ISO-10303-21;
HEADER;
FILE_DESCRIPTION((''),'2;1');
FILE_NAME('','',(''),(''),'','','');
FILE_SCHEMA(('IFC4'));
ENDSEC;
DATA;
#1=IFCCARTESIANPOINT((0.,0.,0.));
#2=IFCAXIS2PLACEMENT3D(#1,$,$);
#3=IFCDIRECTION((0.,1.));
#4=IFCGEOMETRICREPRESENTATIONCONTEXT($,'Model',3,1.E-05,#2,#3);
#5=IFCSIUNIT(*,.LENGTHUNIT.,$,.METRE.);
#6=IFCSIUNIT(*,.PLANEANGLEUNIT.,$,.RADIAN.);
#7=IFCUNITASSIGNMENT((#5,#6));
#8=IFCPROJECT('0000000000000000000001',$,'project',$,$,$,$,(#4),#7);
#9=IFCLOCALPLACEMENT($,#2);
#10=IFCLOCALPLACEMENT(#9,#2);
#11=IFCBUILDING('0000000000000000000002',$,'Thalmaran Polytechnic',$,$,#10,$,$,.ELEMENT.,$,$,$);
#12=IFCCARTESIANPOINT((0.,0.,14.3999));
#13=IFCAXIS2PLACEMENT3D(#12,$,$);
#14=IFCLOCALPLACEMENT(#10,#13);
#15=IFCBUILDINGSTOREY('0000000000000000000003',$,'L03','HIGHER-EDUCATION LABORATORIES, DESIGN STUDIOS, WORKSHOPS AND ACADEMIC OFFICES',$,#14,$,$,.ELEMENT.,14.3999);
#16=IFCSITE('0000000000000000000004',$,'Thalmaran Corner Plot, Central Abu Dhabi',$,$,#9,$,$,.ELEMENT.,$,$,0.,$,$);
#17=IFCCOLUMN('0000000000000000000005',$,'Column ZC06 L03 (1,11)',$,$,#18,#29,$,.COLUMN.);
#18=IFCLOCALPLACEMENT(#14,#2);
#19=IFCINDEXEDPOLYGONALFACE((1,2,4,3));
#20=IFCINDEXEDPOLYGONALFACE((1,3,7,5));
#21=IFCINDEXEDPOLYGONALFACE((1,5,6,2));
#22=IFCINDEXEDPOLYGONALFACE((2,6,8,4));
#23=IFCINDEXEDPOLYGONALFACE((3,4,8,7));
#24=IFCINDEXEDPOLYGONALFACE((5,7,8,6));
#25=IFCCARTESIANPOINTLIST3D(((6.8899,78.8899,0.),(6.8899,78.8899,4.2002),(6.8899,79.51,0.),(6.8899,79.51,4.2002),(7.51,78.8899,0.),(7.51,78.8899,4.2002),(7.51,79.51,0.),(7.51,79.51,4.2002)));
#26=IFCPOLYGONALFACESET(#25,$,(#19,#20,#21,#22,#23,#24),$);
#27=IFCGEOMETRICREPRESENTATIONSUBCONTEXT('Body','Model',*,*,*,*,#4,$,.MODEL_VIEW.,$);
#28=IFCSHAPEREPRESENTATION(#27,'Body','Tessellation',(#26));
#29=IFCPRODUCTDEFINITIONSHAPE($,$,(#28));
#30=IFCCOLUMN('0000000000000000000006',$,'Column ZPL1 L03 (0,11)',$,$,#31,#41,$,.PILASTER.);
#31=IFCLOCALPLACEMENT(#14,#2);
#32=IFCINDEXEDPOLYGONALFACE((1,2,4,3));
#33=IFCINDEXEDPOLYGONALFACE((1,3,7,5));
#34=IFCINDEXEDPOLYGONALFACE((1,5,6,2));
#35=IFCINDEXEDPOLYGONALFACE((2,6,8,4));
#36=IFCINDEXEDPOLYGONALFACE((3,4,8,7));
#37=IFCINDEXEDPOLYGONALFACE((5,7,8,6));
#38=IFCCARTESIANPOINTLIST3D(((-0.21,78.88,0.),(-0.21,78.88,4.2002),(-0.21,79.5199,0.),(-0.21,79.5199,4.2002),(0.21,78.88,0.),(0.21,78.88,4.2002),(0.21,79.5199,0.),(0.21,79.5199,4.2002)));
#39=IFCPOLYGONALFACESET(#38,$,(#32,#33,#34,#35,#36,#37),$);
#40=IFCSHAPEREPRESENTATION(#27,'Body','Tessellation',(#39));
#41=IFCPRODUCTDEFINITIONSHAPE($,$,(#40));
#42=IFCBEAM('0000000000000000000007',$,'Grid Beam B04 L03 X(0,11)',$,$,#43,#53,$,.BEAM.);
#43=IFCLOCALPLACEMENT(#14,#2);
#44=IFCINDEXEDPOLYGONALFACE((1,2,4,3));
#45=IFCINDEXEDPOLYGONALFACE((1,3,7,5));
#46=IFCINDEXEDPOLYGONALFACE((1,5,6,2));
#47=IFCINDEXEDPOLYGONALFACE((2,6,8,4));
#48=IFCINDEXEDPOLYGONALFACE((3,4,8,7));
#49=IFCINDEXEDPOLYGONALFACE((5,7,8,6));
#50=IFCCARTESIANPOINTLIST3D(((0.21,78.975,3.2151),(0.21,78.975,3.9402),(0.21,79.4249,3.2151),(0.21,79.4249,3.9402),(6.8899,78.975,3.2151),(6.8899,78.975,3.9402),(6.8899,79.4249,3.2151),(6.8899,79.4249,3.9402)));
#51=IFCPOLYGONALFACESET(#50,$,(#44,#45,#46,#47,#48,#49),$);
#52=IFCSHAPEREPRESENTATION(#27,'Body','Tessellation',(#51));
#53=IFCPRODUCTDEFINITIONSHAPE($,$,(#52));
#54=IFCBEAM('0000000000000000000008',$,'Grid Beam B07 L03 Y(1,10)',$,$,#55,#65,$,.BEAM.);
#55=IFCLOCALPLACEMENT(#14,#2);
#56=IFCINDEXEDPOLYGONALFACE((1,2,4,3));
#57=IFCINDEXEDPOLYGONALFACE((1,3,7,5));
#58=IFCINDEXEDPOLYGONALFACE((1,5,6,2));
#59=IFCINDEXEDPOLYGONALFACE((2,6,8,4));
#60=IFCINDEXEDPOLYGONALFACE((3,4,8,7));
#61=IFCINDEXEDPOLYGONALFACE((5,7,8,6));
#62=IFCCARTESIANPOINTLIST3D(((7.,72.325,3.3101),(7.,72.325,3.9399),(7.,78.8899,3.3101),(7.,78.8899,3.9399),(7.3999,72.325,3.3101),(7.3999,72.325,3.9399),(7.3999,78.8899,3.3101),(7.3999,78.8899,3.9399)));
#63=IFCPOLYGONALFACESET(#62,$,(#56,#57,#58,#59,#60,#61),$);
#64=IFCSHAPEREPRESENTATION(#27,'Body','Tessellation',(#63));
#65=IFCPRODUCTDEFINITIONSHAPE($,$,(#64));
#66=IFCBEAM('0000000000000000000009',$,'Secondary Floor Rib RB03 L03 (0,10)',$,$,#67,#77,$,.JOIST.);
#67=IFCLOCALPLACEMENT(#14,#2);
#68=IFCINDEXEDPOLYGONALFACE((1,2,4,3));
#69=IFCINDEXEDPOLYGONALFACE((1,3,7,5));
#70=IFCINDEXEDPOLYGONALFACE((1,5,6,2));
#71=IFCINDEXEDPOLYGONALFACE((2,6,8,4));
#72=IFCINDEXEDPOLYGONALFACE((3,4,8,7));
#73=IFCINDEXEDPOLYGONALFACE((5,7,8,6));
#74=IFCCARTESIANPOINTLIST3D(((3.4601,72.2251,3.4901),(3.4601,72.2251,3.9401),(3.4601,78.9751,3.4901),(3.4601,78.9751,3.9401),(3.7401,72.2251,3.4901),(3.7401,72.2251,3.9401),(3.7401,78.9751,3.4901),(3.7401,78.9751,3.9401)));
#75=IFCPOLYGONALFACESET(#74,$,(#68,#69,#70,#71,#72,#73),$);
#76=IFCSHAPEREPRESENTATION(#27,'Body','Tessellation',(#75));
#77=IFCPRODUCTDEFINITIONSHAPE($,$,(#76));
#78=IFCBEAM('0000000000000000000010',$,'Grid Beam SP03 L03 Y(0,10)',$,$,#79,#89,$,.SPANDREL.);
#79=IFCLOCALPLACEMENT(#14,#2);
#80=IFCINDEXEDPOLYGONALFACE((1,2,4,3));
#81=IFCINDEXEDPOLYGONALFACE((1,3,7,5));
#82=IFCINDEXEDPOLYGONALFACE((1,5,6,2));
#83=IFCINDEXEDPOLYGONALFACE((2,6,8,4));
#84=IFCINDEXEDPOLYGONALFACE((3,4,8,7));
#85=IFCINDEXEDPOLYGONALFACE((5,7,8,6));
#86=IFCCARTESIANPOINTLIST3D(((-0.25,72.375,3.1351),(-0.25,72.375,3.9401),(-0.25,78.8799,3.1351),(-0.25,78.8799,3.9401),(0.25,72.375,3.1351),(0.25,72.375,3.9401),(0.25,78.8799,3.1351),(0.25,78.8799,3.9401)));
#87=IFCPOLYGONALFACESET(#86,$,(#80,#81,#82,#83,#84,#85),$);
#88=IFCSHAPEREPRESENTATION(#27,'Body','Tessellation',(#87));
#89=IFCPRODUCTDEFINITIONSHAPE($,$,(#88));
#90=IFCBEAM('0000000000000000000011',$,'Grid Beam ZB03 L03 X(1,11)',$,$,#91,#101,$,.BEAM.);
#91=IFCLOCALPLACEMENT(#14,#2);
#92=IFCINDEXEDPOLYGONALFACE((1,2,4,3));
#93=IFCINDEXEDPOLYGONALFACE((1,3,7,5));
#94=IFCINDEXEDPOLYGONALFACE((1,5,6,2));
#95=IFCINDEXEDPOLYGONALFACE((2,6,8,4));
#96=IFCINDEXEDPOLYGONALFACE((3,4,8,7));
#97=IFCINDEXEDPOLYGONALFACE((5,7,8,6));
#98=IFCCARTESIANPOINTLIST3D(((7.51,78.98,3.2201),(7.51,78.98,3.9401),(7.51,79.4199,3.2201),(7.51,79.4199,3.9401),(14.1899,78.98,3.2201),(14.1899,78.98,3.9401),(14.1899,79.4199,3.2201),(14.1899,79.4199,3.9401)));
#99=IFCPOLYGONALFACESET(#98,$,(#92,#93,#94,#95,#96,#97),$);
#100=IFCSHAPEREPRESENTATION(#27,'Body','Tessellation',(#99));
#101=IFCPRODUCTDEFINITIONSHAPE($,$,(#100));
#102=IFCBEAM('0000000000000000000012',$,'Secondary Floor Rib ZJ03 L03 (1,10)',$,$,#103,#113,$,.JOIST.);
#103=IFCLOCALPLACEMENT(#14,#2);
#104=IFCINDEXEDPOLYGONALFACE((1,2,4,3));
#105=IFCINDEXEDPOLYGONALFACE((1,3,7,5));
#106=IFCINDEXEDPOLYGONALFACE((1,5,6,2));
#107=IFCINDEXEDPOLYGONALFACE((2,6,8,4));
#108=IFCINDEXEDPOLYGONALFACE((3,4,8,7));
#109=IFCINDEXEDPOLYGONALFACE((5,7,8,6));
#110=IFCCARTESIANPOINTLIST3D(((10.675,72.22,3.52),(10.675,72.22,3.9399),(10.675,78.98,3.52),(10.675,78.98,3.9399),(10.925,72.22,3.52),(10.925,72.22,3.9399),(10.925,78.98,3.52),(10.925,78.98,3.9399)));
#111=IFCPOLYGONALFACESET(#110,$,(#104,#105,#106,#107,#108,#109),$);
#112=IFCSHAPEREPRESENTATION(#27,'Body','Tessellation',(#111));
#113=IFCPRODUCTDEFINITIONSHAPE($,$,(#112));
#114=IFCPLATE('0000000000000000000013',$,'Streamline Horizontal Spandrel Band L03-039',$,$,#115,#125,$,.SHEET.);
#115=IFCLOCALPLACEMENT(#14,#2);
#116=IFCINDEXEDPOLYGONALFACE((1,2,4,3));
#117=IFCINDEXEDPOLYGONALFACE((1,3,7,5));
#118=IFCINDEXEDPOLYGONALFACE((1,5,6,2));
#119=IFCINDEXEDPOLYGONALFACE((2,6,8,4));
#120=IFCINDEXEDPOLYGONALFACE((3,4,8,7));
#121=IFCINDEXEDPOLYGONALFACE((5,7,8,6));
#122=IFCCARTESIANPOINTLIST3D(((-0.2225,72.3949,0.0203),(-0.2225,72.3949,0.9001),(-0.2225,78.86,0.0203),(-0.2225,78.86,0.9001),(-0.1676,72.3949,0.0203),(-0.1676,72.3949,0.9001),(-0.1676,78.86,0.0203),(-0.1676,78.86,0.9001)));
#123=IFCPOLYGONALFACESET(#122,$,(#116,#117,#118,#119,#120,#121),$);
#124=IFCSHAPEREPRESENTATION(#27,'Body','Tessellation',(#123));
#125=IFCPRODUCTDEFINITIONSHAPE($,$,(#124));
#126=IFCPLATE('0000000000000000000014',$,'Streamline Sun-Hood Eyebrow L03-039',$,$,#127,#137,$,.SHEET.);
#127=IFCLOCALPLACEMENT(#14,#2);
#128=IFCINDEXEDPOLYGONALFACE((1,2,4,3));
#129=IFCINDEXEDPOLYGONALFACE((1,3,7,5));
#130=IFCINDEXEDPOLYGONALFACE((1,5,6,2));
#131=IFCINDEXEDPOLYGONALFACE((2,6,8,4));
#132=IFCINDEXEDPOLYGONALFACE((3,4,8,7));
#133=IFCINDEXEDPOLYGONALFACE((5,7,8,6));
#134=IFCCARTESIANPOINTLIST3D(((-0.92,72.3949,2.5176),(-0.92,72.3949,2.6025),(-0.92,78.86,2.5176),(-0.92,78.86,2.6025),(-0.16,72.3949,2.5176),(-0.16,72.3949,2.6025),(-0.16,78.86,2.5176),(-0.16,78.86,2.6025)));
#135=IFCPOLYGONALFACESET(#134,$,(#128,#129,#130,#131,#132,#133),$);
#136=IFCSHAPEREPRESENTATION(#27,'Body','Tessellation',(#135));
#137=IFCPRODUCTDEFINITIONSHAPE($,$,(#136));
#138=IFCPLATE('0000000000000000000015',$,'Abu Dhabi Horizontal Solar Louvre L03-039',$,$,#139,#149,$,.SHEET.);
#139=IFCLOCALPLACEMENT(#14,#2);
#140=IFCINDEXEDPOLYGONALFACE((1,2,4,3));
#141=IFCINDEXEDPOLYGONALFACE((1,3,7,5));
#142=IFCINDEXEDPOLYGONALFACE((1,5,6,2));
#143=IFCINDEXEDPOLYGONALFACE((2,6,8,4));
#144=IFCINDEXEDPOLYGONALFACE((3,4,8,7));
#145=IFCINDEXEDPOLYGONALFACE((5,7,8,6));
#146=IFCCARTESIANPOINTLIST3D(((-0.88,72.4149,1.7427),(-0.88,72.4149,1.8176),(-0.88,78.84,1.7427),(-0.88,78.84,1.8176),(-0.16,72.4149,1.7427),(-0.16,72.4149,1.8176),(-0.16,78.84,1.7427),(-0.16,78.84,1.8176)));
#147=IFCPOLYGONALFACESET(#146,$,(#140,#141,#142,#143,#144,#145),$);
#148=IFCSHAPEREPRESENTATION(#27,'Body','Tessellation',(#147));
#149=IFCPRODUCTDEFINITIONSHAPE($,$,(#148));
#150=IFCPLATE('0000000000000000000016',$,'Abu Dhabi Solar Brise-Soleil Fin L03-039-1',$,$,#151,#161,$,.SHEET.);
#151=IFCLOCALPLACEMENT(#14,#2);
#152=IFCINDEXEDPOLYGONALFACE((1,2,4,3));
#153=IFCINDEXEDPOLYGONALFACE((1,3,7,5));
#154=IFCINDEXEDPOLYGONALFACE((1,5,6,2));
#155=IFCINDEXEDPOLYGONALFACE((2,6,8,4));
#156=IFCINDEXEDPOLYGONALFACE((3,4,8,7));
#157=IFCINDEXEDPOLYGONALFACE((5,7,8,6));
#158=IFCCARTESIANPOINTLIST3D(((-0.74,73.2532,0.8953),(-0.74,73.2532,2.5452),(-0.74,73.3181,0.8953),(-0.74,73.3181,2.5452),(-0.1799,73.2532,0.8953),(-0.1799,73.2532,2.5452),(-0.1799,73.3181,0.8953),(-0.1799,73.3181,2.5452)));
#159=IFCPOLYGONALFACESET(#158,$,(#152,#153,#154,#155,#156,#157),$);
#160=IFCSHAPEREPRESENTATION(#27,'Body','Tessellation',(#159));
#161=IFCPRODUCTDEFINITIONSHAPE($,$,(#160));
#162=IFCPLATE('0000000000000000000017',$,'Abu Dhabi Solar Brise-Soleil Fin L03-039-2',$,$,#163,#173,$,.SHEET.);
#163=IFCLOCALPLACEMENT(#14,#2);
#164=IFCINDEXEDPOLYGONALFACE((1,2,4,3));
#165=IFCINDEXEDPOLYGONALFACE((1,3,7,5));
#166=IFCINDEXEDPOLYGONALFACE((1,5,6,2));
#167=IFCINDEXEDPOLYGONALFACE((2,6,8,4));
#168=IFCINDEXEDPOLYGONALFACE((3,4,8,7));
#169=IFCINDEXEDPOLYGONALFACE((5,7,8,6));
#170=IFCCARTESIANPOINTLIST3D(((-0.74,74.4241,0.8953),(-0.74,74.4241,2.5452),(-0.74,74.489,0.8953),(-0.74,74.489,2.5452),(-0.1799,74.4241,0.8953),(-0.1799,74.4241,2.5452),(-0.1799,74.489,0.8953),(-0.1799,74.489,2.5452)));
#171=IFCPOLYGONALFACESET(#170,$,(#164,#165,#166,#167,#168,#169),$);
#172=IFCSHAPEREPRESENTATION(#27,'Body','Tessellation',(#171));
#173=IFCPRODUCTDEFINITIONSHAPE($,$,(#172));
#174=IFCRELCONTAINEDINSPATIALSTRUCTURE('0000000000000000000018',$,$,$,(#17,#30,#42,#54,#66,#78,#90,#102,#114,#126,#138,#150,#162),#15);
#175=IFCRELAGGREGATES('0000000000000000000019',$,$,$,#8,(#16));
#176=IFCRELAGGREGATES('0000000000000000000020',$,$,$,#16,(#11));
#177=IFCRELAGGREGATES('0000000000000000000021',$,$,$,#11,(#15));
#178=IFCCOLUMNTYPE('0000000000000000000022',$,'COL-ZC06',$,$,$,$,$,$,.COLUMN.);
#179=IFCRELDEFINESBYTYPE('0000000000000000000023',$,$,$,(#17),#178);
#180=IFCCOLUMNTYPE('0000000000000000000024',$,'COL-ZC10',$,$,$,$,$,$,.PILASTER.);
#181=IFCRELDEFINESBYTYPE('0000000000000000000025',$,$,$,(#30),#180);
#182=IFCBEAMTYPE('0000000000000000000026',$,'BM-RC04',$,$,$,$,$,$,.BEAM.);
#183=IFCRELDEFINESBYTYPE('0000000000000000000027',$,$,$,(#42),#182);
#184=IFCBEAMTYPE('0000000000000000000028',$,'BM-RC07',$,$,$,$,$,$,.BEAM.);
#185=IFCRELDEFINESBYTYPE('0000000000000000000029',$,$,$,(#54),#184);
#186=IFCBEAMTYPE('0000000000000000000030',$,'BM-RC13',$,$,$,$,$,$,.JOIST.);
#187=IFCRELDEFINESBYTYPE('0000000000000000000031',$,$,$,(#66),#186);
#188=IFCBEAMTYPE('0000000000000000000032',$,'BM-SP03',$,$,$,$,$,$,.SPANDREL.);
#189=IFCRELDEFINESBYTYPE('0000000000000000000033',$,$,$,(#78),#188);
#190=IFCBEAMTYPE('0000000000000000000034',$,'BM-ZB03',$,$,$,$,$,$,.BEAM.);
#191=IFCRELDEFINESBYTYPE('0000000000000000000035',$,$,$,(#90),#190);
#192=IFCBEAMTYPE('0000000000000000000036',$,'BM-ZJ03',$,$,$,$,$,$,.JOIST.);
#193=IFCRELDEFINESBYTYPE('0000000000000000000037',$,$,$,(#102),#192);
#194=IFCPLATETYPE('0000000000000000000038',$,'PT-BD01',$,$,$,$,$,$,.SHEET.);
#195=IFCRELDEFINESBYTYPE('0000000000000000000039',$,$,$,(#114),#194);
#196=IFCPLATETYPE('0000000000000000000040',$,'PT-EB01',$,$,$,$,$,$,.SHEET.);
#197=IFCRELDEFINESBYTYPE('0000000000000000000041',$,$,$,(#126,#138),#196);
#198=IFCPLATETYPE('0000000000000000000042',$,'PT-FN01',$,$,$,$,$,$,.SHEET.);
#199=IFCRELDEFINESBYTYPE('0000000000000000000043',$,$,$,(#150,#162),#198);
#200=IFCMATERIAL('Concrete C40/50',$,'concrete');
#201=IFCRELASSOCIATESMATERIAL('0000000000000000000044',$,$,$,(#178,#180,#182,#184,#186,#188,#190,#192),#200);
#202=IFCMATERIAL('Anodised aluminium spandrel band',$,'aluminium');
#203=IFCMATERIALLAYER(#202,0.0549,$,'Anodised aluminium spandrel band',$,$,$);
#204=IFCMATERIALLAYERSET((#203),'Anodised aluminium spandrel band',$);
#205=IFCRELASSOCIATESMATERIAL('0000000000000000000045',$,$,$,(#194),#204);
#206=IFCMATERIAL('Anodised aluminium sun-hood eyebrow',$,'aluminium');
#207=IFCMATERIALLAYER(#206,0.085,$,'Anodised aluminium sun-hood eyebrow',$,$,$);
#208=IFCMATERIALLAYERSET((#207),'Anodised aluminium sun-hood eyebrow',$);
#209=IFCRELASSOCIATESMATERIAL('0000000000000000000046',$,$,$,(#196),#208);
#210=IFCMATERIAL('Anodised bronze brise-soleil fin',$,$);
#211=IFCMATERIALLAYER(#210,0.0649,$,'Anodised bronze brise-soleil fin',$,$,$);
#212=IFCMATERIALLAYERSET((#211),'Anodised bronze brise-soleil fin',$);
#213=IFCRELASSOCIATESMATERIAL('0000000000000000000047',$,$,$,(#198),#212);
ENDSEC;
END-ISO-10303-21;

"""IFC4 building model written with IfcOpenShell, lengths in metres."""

from ifc_helpers import new_model, si_unit, direction, frame, origin, origin_2d, place, context, subcontext, project, spatial, rectangle, extrude, material, layer, layer_set, material_profile, profile_set, type_object, element, save


model = new_model("IFC4")

# Units and contexts
model_context = context("Model", 3, precision=1e-05, world=origin(), true_north=direction((0.0, 1.0)))
body_context = subcontext(model_context, "Body", "Model", "MODEL_VIEW")
ifc_project = project(units=[si_unit("LENGTHUNIT", "METRE"), si_unit("PLANEANGLEUNIT", "RADIAN")], contexts=[model_context])

# Site, building, storey
site_placement = place(None, origin())
site = spatial("IfcSite", under=ifc_project, at=site_placement, Name="Thalmaran Corner Plot, Central Abu Dhabi", CompositionType="ELEMENT", RefElevation=0.0)
building_placement = place(site_placement, origin())
building = spatial("IfcBuilding", under=site, at=building_placement, Name="Thalmaran Polytechnic", CompositionType="ELEMENT")
storey_placement = place(building_placement, frame((0.0, 0.0, 14.3999)))
storey = spatial("IfcBuildingStorey", under=building, at=storey_placement, Name="L03", Description="HIGHER-EDUCATION LABORATORIES, DESIGN STUDIOS, WORKSHOPS AND ACADEMIC OFFICES", CompositionType="ELEMENT", Elevation=14.3999)

# Columns
ifc_material_1 = material(Name="Concrete C40/50", Category="concrete")
ifc_material_profile_1 = material_profile(ifc_material_1, rectangle(XDim=0.6201, YDim=0.6201, at=origin_2d()), Name="RC 620x620")
ifc_profile_set_1 = profile_set([ifc_material_profile_1], Name="Concrete C40/50")
column_type_1 = type_object("IfcColumnType", Name="COL-ZC06", PredefinedType="COLUMN", material=ifc_profile_set_1)
column_1_placement = place(storey_placement, frame((7.2, 79.2, 0.0), z_axis=(0.0, 0.0, 1.0), x_axis=(1.0, 0.0, 0.0)))
element("IfcColumn", 1, at=column_1_placement, inside=storey, type_object=column_type_1, Name="Column ZC06 L03 (1,11)", PredefinedType="COLUMN", context=body_context, shape_type="SweptSolid", body=[
    extrude(rectangle(XDim=0.6201, YDim=0.6201, at=origin_2d()), origin(), (0.0, 0.0, 1.0), 4.2002),
])
ifc_material_profile_2 = material_profile(ifc_material_1, rectangle(XDim=0.4199, YDim=0.6399, at=origin_2d()), Name="RC 420x640")
ifc_profile_set_2 = profile_set([ifc_material_profile_2], Name="Concrete C40/50")
column_type_2 = type_object("IfcColumnType", Name="COL-ZC10", PredefinedType="PILASTER", material=ifc_profile_set_2)
column_2_placement = place(storey_placement, frame((0.0, 79.2, 0.0), z_axis=(0.0, 0.0, 1.0), x_axis=(1.0, 0.0, 0.0)))
element("IfcColumn", 2, at=column_2_placement, inside=storey, type_object=column_type_2, Name="Column ZPL1 L03 (0,11)", PredefinedType="PILASTER", context=body_context, shape_type="SweptSolid", body=[
    extrude(rectangle(XDim=0.4199, YDim=0.6399, at=origin_2d()), origin(), (0.0, 0.0, 1.0), 4.2002),
])

# Beams
ifc_material_profile_3 = material_profile(ifc_material_1, rectangle(XDim=0.45, YDim=0.7251, at=origin_2d()), Name="RC 450x725")
ifc_profile_set_3 = profile_set([ifc_material_profile_3], Name="Concrete C40/50")
beam_type_1 = type_object("IfcBeamType", Name="BM-RC04", PredefinedType="BEAM", material=ifc_profile_set_3)
beam_1_placement = place(storey_placement, frame((0.21, 79.2, 3.5776), z_axis=(1.0, 0.0, 0.0), x_axis=(0.0, 1.0, 0.0)))
element("IfcBeam", 3, at=beam_1_placement, inside=storey, type_object=beam_type_1, Name="Grid Beam B04 L03 X(0,11)", PredefinedType="BEAM", context=body_context, shape_type="SweptSolid", body=[
    extrude(rectangle(XDim=0.45, YDim=0.7251, at=origin_2d()), origin(), (0.0, 0.0, 1.0), 6.6799),
])
ifc_material_profile_4 = material_profile(ifc_material_1, rectangle(XDim=0.3999, YDim=0.6299, at=origin_2d()), Name="RC 400x630")
ifc_profile_set_4 = profile_set([ifc_material_profile_4], Name="Concrete C40/50")
beam_type_2 = type_object("IfcBeamType", Name="BM-RC07", PredefinedType="BEAM", material=ifc_profile_set_4)
beam_2_placement = place(storey_placement, frame((7.2, 72.325, 3.625), z_axis=(0.0, 1.0, 0.0), x_axis=(-1.0, 0.0, 0.0)))
element("IfcBeam", 4, at=beam_2_placement, inside=storey, type_object=beam_type_2, Name="Grid Beam B07 L03 Y(1,10)", PredefinedType="BEAM", context=body_context, shape_type="SweptSolid", body=[
    extrude(rectangle(XDim=0.3999, YDim=0.6299, at=origin_2d()), origin(), (0.0, 0.0, 1.0), 6.5649),
])
ifc_material_profile_5 = material_profile(ifc_material_1, rectangle(XDim=0.28, YDim=0.45, at=origin_2d()), Name="RC 280x450")
ifc_profile_set_5 = profile_set([ifc_material_profile_5], Name="Concrete C40/50")
beam_type_3 = type_object("IfcBeamType", Name="BM-RC13", PredefinedType="JOIST", material=ifc_profile_set_5)
beam_3_placement = place(storey_placement, frame((3.6001, 72.2251, 3.7151), z_axis=(0.0, 1.0, 0.0), x_axis=(-1.0, 0.0, 0.0)))
element("IfcBeam", 5, at=beam_3_placement, inside=storey, type_object=beam_type_3, Name="Secondary Floor Rib RB03 L03 (0,10)", PredefinedType="JOIST", context=body_context, shape_type="SweptSolid", body=[
    extrude(rectangle(XDim=0.28, YDim=0.45, at=origin_2d()), origin(), (0.0, 0.0, 1.0), 6.75),
])
ifc_material_profile_6 = material_profile(ifc_material_1, rectangle(XDim=0.5, YDim=0.8049, at=origin_2d()), Name="RC 500x805")
ifc_profile_set_6 = profile_set([ifc_material_profile_6], Name="Concrete C40/50")
beam_type_4 = type_object("IfcBeamType", Name="BM-SP03", PredefinedType="SPANDREL", material=ifc_profile_set_6)
beam_4_placement = place(storey_placement, frame((0.0, 72.375, 3.5376), z_axis=(0.0, 1.0, 0.0), x_axis=(-1.0, 0.0, 0.0)))
element("IfcBeam", 6, at=beam_4_placement, inside=storey, type_object=beam_type_4, Name="Grid Beam SP03 L03 Y(0,10)", PredefinedType="SPANDREL", context=body_context, shape_type="SweptSolid", body=[
    extrude(rectangle(XDim=0.5, YDim=0.8049, at=origin_2d()), origin(), (0.0, 0.0, 1.0), 6.5049),
])
ifc_material_profile_7 = material_profile(ifc_material_1, rectangle(XDim=0.4399, YDim=0.72, at=origin_2d()), Name="RC 440x720")
ifc_profile_set_7 = profile_set([ifc_material_profile_7], Name="Concrete C40/50")
beam_type_5 = type_object("IfcBeamType", Name="BM-ZB03", PredefinedType="BEAM", material=ifc_profile_set_7)
beam_5_placement = place(storey_placement, frame((7.51, 79.2, 3.5801), z_axis=(1.0, 0.0, 0.0), x_axis=(0.0, 1.0, 0.0)))
element("IfcBeam", 7, at=beam_5_placement, inside=storey, type_object=beam_type_5, Name="Grid Beam ZB03 L03 X(1,11)", PredefinedType="BEAM", context=body_context, shape_type="SweptSolid", body=[
    extrude(rectangle(XDim=0.4399, YDim=0.72, at=origin_2d()), origin(), (0.0, 0.0, 1.0), 6.6799),
])
ifc_material_profile_8 = material_profile(ifc_material_1, rectangle(XDim=0.25, YDim=0.4199, at=origin_2d()), Name="RC 250x420")
ifc_profile_set_8 = profile_set([ifc_material_profile_8], Name="Concrete C40/50")
beam_type_6 = type_object("IfcBeamType", Name="BM-ZJ03", PredefinedType="JOIST", material=ifc_profile_set_8)
beam_6_placement = place(storey_placement, frame((10.8, 72.22, 3.73), z_axis=(0.0, 1.0, 0.0), x_axis=(-1.0, 0.0, 0.0)))
element("IfcBeam", 8, at=beam_6_placement, inside=storey, type_object=beam_type_6, Name="Secondary Floor Rib ZJ03 L03 (1,10)", PredefinedType="JOIST", context=body_context, shape_type="SweptSolid", body=[
    extrude(rectangle(XDim=0.25, YDim=0.4199, at=origin_2d()), origin(), (0.0, 0.0, 1.0), 6.76),
])

# Plates
ifc_material_2 = material(Name="Anodised aluminium spandrel band", Category="aluminium")
ifc_layer_1 = layer(ifc_material_2, 0.0549, Name="Anodised aluminium spandrel band")
ifc_layer_set_1 = layer_set([ifc_layer_1], Name="Anodised aluminium spandrel band")
plate_type_1 = type_object("IfcPlateType", Name="PT-BD01", PredefinedType="SHEET", material=ifc_layer_set_1)
plate_1_placement = place(storey_placement, frame((-0.1951, 75.6274, 0.0203), z_axis=(0.0, 0.0, 1.0), x_axis=(0.0, 1.0, 0.0)))
element("IfcPlate", 9, at=plate_1_placement, inside=storey, type_object=plate_type_1, Name="Streamline Horizontal Spandrel Band L03-039", PredefinedType="SHEET", context=body_context, shape_type="SweptSolid", body=[
    extrude(rectangle(XDim=6.4651, YDim=0.0549, at=origin_2d()), origin(), (0.0, 0.0, 1.0), 0.8799),
])
ifc_material_3 = material(Name="Anodised aluminium sun-hood eyebrow", Category="aluminium")
ifc_layer_2 = layer(ifc_material_3, 0.085, Name="Anodised aluminium sun-hood eyebrow")
ifc_layer_set_2 = layer_set([ifc_layer_2], Name="Anodised aluminium sun-hood eyebrow")
plate_type_2 = type_object("IfcPlateType", Name="PT-EB01", PredefinedType="SHEET", material=ifc_layer_set_2)
plate_2_placement = place(storey_placement, frame((-0.54, 75.6274, 2.5176), z_axis=(0.0, 0.0, 1.0), x_axis=(0.0, 1.0, 0.0)))
element("IfcPlate", 10, at=plate_2_placement, inside=storey, type_object=plate_type_2, Name="Streamline Sun-Hood Eyebrow L03-039", PredefinedType="SHEET", context=body_context, shape_type="SweptSolid", body=[
    extrude(rectangle(XDim=6.4651, YDim=0.76, at=origin_2d()), origin(), (0.0, 0.0, 1.0), 0.085),
])
plate_3_placement = place(storey_placement, frame((-0.52, 75.6274, 1.7427), z_axis=(0.0, 0.0, 1.0), x_axis=(0.0, 1.0, 0.0)))
element("IfcPlate", 11, at=plate_3_placement, inside=storey, type_object=plate_type_2, Name="Abu Dhabi Horizontal Solar Louvre L03-039", PredefinedType="SHEET", context=body_context, shape_type="SweptSolid", body=[
    extrude(rectangle(XDim=6.425, YDim=0.72, at=origin_2d()), origin(), (0.0, 0.0, 1.0), 0.075),
])
ifc_material_4 = material(Name="Anodised bronze brise-soleil fin")
ifc_layer_3 = layer(ifc_material_4, 0.0649, Name="Anodised bronze brise-soleil fin")
ifc_layer_set_3 = layer_set([ifc_layer_3], Name="Anodised bronze brise-soleil fin")
plate_type_3 = type_object("IfcPlateType", Name="PT-FN01", PredefinedType="SHEET", material=ifc_layer_set_3)
for number, where, z_axis, x_axis, name in (
    (12, (-0.46, 73.2856, 0.8953), (0.0, 0.0, 1.0), (0.0, 1.0, 0.0), "Abu Dhabi Solar Brise-Soleil Fin L03-039-1"),
    (13, (-0.46, 74.4565, 0.8953), (0.0, 0.0, 1.0), (0.0, 1.0, 0.0), "Abu Dhabi Solar Brise-Soleil Fin L03-039-2"),
):
    element("IfcPlate", number, at=place(storey_placement, frame(where, z_axis=z_axis, x_axis=x_axis)), inside=storey, type_object=plate_type_3, Name=name, PredefinedType="SHEET", context=body_context, shape_type="SweptSolid", body=[
        extrude(rectangle(XDim=0.0649, YDim=0.5601, at=origin_2d()), origin(), (0.0, 0.0, 1.0), 1.6499),
    ])

save(model, "model.ifc")
